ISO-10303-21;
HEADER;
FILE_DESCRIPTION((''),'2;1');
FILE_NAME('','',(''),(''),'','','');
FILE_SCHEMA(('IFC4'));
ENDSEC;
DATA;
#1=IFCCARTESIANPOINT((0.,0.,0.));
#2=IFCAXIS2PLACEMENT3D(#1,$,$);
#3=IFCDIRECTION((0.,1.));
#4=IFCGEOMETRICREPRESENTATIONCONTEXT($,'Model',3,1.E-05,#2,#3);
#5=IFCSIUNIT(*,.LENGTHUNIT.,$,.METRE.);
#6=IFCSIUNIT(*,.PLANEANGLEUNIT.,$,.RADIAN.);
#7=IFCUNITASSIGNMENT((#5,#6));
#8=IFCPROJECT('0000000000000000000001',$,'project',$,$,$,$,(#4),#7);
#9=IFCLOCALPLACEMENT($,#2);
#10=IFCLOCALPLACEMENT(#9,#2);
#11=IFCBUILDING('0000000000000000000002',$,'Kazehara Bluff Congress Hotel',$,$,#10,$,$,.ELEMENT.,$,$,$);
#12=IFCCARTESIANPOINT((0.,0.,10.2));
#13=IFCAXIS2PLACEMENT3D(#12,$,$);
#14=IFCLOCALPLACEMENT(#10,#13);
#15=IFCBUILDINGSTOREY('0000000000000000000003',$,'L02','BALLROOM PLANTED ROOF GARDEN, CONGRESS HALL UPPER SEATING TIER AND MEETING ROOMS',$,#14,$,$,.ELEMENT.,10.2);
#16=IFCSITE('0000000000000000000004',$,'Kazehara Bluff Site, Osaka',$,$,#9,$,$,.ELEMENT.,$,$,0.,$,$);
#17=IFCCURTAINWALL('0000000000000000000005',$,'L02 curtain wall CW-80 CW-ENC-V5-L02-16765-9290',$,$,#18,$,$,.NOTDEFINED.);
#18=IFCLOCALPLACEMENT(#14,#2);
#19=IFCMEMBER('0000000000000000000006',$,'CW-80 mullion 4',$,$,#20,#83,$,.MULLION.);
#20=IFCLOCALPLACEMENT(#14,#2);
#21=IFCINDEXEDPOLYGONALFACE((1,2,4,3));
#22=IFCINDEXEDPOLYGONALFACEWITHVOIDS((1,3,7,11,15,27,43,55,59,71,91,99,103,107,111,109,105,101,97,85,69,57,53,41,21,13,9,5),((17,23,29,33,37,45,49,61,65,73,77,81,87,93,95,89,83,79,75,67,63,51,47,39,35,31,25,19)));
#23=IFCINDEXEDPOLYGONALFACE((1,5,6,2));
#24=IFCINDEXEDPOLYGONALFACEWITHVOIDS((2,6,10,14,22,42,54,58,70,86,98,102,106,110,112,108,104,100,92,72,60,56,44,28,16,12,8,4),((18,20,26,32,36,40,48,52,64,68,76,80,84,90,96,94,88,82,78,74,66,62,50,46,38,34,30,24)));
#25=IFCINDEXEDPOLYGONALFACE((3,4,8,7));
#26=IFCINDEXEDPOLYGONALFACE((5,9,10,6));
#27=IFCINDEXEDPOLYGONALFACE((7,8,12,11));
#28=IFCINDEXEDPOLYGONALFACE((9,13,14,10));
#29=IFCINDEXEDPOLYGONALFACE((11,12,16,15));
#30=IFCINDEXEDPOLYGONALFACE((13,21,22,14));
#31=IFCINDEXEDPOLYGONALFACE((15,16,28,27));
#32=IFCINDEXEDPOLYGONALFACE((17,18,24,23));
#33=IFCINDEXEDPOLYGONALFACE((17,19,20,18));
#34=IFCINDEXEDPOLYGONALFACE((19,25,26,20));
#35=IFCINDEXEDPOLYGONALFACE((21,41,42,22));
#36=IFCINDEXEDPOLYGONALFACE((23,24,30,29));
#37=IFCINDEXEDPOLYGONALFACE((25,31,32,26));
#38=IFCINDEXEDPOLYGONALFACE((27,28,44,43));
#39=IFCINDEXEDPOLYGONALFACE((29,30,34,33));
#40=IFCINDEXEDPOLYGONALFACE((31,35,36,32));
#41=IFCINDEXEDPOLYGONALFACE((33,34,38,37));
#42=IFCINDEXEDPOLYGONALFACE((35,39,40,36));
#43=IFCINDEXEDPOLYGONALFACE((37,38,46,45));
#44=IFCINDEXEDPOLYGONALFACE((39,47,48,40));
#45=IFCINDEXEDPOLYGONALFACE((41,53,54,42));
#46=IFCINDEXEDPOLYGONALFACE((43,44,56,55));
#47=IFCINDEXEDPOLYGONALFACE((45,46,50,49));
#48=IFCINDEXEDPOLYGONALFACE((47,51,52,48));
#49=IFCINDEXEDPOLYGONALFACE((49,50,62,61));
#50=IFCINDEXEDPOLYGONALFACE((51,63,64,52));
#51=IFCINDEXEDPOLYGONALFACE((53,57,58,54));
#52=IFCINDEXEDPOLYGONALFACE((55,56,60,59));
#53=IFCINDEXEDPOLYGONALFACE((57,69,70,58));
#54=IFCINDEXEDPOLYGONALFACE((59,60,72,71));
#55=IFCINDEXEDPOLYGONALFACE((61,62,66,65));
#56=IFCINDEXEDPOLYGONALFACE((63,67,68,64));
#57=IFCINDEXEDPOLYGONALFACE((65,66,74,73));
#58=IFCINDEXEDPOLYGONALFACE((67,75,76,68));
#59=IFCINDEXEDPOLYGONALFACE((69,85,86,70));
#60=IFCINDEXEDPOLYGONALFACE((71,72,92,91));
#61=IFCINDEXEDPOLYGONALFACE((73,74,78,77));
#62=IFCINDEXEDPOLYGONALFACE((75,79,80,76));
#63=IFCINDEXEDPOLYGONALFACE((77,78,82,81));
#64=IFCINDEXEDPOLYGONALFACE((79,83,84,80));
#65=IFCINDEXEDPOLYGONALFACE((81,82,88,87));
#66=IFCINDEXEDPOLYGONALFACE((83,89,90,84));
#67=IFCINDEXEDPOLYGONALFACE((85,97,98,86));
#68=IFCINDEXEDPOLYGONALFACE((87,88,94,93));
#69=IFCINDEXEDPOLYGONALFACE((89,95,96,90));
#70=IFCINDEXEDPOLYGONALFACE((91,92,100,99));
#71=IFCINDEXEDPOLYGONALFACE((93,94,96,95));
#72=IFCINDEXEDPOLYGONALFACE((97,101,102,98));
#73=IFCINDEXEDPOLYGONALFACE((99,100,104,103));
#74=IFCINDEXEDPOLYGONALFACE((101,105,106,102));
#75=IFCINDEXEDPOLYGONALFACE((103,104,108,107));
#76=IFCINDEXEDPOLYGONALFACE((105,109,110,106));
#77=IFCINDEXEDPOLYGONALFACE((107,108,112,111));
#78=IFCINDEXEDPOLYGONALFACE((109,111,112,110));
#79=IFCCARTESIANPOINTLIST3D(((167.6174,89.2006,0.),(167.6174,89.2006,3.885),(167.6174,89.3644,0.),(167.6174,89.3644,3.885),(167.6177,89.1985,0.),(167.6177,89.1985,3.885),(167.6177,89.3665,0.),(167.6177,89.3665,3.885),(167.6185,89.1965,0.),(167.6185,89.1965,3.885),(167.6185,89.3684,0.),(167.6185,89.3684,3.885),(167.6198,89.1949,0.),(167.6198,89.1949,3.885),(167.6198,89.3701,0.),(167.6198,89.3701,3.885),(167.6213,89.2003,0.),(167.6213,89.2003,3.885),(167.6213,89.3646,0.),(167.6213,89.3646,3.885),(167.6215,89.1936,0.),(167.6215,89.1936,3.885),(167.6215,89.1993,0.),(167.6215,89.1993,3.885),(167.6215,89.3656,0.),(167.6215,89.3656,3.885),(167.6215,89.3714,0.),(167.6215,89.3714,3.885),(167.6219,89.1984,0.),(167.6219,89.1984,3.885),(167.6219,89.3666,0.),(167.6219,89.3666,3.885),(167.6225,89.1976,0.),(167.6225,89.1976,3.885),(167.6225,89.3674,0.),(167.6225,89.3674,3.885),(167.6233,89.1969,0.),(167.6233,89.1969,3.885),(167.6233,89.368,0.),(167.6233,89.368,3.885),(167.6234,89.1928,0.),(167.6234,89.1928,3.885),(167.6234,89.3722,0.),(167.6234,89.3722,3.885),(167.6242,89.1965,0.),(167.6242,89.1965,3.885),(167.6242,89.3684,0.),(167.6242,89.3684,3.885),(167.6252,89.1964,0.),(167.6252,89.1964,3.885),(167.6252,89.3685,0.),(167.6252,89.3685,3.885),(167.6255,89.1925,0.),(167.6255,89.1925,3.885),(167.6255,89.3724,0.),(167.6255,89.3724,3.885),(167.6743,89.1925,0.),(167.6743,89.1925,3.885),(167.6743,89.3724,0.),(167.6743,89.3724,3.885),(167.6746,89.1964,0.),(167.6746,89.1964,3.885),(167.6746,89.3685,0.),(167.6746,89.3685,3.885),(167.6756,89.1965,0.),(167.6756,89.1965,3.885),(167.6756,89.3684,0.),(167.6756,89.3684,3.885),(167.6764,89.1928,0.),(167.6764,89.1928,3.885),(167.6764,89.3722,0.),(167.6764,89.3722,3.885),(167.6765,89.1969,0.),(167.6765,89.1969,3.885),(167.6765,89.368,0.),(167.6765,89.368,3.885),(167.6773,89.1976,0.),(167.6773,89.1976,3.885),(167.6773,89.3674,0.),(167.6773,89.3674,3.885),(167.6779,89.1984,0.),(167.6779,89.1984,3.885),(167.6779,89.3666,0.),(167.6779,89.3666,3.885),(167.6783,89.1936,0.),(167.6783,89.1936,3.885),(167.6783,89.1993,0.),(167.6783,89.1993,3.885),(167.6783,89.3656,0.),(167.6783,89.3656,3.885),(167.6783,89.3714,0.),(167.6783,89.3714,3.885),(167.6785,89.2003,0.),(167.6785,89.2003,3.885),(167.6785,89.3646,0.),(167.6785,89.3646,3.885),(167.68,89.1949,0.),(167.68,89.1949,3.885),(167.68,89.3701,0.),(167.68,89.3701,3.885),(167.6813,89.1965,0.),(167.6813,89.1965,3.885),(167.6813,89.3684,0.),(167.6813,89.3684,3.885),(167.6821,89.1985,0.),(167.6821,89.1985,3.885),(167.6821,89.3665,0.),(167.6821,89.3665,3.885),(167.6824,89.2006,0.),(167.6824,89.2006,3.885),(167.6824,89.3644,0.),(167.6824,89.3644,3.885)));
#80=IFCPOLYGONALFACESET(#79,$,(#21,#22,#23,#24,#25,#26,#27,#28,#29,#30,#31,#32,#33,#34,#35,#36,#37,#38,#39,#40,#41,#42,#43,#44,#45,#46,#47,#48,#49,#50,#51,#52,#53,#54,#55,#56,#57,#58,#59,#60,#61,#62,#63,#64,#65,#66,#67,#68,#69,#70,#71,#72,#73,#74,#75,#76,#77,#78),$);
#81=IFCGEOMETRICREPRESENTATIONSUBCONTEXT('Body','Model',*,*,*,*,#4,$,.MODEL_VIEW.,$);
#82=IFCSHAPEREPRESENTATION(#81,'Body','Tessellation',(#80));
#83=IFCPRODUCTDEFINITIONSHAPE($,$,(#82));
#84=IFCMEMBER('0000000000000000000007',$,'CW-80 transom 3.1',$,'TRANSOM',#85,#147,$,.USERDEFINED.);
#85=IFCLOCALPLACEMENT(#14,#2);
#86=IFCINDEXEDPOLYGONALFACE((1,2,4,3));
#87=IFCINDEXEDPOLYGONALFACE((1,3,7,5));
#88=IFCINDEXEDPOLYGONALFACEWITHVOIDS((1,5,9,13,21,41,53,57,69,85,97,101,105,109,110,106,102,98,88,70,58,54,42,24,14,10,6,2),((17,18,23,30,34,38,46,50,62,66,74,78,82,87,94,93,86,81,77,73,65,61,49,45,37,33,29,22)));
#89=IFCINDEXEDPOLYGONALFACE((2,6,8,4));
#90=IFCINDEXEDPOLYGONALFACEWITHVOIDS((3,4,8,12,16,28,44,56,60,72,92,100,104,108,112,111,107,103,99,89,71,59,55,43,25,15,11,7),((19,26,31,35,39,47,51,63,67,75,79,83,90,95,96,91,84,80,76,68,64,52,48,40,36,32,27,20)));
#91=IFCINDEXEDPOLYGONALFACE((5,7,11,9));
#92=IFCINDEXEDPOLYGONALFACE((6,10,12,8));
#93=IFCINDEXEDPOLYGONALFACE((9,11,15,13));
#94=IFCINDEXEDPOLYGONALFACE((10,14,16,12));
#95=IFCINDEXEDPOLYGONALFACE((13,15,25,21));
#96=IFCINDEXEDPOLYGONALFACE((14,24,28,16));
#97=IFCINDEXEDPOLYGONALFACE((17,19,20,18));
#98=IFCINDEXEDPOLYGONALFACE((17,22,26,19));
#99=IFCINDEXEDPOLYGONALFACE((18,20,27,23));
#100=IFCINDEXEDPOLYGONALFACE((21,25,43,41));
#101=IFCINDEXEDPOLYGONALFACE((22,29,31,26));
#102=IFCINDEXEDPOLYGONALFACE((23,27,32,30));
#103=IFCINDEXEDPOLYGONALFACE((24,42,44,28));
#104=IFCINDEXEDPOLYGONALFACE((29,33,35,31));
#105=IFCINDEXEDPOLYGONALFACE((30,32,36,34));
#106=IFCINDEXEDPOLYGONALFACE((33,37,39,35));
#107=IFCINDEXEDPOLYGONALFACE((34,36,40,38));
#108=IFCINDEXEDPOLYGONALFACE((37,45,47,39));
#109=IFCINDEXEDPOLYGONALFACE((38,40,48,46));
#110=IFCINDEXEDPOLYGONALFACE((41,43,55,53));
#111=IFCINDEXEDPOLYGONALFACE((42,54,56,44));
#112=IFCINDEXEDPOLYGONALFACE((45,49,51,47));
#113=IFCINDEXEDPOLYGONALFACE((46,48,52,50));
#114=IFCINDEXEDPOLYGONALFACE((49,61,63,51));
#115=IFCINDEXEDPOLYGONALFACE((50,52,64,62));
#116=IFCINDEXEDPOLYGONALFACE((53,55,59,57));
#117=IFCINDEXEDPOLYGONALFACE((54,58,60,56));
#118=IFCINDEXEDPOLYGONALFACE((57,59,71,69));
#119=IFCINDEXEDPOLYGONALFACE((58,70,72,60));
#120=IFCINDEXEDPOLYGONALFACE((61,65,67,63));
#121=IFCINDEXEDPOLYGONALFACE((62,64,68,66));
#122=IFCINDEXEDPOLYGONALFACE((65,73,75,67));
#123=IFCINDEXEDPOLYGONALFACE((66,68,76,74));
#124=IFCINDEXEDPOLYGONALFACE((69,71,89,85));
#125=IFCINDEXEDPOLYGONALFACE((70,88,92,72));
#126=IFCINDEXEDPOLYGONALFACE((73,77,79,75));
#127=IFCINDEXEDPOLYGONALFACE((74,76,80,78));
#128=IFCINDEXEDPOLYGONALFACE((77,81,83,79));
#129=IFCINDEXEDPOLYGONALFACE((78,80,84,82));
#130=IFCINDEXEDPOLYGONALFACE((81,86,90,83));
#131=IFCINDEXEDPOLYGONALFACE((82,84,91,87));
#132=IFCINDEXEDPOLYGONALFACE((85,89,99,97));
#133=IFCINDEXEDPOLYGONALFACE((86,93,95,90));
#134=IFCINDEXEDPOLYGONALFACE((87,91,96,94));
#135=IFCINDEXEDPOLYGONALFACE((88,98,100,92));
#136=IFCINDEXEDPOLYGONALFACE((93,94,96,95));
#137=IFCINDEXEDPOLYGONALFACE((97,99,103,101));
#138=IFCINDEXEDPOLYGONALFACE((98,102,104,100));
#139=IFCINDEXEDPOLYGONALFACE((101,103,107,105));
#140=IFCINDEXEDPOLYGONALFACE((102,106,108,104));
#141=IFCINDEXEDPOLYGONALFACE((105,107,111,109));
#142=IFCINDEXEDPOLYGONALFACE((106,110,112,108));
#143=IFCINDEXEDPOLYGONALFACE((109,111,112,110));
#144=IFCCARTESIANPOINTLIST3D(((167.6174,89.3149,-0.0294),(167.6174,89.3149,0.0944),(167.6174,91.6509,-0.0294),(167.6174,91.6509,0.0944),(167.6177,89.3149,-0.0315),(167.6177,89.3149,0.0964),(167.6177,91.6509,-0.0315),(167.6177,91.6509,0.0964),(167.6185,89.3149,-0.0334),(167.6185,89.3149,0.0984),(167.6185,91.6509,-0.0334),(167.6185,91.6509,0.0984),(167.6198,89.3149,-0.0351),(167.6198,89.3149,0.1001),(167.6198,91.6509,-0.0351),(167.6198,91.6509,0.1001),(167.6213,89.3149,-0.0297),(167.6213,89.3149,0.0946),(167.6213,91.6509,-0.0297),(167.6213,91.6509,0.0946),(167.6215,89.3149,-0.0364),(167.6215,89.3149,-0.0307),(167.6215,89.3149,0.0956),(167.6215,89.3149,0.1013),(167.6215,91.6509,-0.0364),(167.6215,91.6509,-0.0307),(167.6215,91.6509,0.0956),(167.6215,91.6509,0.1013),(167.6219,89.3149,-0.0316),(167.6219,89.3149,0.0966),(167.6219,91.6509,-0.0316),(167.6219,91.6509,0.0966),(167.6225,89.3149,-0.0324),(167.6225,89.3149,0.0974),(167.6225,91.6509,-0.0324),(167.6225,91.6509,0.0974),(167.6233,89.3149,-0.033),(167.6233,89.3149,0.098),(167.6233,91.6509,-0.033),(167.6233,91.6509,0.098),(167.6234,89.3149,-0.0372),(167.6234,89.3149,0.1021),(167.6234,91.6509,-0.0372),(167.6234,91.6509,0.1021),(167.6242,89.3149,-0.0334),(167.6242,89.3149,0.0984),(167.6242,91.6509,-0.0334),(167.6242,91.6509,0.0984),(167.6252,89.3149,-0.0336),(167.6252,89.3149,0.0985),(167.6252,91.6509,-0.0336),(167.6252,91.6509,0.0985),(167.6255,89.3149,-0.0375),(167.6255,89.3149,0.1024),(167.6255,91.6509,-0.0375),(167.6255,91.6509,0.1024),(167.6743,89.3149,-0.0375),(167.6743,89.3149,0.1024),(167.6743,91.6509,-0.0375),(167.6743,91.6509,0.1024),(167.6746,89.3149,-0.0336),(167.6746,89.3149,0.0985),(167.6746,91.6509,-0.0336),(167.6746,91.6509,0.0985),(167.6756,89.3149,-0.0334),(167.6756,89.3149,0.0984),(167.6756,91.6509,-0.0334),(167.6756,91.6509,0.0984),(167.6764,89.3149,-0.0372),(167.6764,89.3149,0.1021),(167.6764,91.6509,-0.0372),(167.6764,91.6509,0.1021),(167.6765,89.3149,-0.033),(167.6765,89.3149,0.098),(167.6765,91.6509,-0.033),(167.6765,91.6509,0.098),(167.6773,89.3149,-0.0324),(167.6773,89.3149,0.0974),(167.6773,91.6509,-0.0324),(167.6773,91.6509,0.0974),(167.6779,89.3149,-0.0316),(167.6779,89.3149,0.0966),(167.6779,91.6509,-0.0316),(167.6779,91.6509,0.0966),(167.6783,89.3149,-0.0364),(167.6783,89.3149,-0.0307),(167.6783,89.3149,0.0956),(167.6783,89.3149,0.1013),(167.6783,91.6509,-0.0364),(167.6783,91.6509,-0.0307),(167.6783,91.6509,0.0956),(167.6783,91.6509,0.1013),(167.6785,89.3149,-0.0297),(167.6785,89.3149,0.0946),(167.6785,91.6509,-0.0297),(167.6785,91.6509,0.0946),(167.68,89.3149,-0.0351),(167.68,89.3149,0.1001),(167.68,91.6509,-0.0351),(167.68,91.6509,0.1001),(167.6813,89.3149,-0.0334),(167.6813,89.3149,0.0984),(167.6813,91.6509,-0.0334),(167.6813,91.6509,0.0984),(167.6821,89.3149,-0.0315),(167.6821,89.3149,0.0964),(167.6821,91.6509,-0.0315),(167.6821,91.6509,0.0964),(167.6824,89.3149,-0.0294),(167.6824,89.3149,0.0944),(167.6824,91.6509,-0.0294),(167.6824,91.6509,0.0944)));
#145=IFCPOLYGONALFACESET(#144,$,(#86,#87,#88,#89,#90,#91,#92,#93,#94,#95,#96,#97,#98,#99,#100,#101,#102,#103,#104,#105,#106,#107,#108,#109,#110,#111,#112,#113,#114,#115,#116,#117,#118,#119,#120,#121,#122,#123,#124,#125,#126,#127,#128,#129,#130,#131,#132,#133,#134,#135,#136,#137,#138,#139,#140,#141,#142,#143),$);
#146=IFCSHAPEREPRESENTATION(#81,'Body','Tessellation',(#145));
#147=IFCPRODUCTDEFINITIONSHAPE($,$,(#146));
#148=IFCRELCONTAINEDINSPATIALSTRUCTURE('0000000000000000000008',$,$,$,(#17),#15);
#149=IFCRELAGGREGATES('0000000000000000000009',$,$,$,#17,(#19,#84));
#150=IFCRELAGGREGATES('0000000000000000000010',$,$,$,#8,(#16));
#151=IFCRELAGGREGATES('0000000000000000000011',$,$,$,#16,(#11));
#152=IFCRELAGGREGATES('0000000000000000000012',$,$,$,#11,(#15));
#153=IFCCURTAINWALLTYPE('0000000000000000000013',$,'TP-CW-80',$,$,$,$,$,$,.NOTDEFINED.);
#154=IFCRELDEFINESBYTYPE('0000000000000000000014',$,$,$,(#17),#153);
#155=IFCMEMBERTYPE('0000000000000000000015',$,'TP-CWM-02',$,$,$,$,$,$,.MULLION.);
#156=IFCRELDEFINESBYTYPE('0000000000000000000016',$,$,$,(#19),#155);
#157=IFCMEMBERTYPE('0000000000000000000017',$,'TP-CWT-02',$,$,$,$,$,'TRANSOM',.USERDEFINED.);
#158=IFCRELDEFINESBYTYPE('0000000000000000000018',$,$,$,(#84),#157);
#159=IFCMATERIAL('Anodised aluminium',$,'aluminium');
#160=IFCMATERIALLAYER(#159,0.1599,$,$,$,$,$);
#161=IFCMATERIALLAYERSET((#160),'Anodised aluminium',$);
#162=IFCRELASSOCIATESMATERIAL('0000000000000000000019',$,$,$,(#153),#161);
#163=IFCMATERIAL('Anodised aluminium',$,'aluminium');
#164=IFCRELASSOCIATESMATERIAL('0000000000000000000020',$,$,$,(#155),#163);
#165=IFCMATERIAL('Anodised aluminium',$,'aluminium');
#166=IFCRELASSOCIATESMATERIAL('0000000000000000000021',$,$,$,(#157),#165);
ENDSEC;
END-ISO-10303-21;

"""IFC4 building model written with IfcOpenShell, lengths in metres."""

from ifc_helpers import new_model, si_unit, direction, frame, origin, origin_2d, place, context, subcontext, project, spatial, hollow_rectangle, extrude, material, layer, layer_set, material_profile, profile_set, type_object, element, aggregate, save


model = new_model("IFC4")

# Units and contexts
model_context = context("Model", 3, precision=1e-05, world=origin(), true_north=direction((0.0, 1.0)))
body_context = subcontext(model_context, "Body", "Model", "MODEL_VIEW")
ifc_project = project(units=[si_unit("LENGTHUNIT", "METRE"), si_unit("PLANEANGLEUNIT", "RADIAN")], contexts=[model_context])

# Site, building, storey
site_placement = place(None, origin())
site = spatial("IfcSite", under=ifc_project, at=site_placement, Name="Kazehara Bluff Site, Osaka", CompositionType="ELEMENT", RefElevation=0.0)
building_placement = place(site_placement, origin())
building = spatial("IfcBuilding", under=site, at=building_placement, Name="Kazehara Bluff Congress Hotel", CompositionType="ELEMENT")
storey_placement = place(building_placement, frame((0.0, 0.0, 10.2)))
storey = spatial("IfcBuildingStorey", under=building, at=storey_placement, Name="L02", Description="BALLROOM PLANTED ROOF GARDEN, CONGRESS HALL UPPER SEATING TIER AND MEETING ROOMS", CompositionType="ELEMENT", Elevation=10.2)

# Curtain wall, members
ifc_material_1 = material(Name="Anodised aluminium", Category="aluminium")
ifc_layer_1 = layer(ifc_material_1, 0.1599)
ifc_layer_set_1 = layer_set([ifc_layer_1], Name="Anodised aluminium")
curtain_wall_type = type_object("IfcCurtainWallType", Name="TP-CW-80", PredefinedType="NOTDEFINED", material=ifc_layer_set_1)
curtain_wall_placement = place(storey_placement, origin())
curtain_wall = element("IfcCurtainWall", 1, at=curtain_wall_placement, inside=storey, type_object=curtain_wall_type, Name="L02 curtain wall CW-80 CW-ENC-V5-L02-16765-9290", PredefinedType="NOTDEFINED")
ifc_material_2 = material(Name="Anodised aluminium", Category="aluminium")
ifc_material_profile_1 = material_profile(ifc_material_2, hollow_rectangle(XDim=0.0649, YDim=0.1799, WallThickness=0.0039, InnerFilletRadius=0.0039, OuterFilletRadius=0.0081, at=origin_2d()))
ifc_profile_set_1 = profile_set([ifc_material_profile_1], Name="Anodised aluminium")
member_type_1 = type_object("IfcMemberType", Name="TP-CWM-02", PredefinedType="MULLION", material=ifc_profile_set_1)
member_1_placement = place(storey_placement, frame((167.6499, 89.2825, 0.0), z_axis=(0.0, 0.0, 1.0), x_axis=(1.0, 0.0, 0.0)))
member_1 = element("IfcMember", 2, at=member_1_placement, type_object=member_type_1, Name="CW-80 mullion 4", PredefinedType="MULLION", context=body_context, shape_type="SweptSolid", body=[
    extrude(hollow_rectangle(XDim=0.0649, YDim=0.1799, WallThickness=0.0039, InnerFilletRadius=0.0039, OuterFilletRadius=0.0081, at=origin_2d()), origin(), (0.0, 0.0, 1.0), 3.885),
])
ifc_material_3 = material(Name="Anodised aluminium", Category="aluminium")
ifc_material_profile_2 = material_profile(ifc_material_3, hollow_rectangle(XDim=0.0649, YDim=0.1399, WallThickness=0.0039, InnerFilletRadius=0.0039, OuterFilletRadius=0.0081, at=origin_2d()))
ifc_profile_set_2 = profile_set([ifc_material_profile_2], Name="Anodised aluminium")
member_type_2 = type_object("IfcMemberType", Name="TP-CWT-02", ElementType="TRANSOM", PredefinedType="USERDEFINED", material=ifc_profile_set_2)
member_2_placement = place(storey_placement, frame((167.6499, 91.6509, 0.0325), z_axis=(0.0, -1.0, 0.0), x_axis=(1.0, 0.0, 0.0)))
member_2 = element("IfcMember", 3, at=member_2_placement, type_object=member_type_2, Name="CW-80 transom 3.1", ObjectType="TRANSOM", PredefinedType="USERDEFINED", context=body_context, shape_type="SweptSolid", body=[
    extrude(hollow_rectangle(XDim=0.0649, YDim=0.1399, WallThickness=0.0039, InnerFilletRadius=0.0039, OuterFilletRadius=0.0081, at=origin_2d()), origin(), (0.0, 0.0, 1.0), 2.3359),
])

aggregate(curtain_wall, [member_1, member_2])

save(model, "model.ifc")
